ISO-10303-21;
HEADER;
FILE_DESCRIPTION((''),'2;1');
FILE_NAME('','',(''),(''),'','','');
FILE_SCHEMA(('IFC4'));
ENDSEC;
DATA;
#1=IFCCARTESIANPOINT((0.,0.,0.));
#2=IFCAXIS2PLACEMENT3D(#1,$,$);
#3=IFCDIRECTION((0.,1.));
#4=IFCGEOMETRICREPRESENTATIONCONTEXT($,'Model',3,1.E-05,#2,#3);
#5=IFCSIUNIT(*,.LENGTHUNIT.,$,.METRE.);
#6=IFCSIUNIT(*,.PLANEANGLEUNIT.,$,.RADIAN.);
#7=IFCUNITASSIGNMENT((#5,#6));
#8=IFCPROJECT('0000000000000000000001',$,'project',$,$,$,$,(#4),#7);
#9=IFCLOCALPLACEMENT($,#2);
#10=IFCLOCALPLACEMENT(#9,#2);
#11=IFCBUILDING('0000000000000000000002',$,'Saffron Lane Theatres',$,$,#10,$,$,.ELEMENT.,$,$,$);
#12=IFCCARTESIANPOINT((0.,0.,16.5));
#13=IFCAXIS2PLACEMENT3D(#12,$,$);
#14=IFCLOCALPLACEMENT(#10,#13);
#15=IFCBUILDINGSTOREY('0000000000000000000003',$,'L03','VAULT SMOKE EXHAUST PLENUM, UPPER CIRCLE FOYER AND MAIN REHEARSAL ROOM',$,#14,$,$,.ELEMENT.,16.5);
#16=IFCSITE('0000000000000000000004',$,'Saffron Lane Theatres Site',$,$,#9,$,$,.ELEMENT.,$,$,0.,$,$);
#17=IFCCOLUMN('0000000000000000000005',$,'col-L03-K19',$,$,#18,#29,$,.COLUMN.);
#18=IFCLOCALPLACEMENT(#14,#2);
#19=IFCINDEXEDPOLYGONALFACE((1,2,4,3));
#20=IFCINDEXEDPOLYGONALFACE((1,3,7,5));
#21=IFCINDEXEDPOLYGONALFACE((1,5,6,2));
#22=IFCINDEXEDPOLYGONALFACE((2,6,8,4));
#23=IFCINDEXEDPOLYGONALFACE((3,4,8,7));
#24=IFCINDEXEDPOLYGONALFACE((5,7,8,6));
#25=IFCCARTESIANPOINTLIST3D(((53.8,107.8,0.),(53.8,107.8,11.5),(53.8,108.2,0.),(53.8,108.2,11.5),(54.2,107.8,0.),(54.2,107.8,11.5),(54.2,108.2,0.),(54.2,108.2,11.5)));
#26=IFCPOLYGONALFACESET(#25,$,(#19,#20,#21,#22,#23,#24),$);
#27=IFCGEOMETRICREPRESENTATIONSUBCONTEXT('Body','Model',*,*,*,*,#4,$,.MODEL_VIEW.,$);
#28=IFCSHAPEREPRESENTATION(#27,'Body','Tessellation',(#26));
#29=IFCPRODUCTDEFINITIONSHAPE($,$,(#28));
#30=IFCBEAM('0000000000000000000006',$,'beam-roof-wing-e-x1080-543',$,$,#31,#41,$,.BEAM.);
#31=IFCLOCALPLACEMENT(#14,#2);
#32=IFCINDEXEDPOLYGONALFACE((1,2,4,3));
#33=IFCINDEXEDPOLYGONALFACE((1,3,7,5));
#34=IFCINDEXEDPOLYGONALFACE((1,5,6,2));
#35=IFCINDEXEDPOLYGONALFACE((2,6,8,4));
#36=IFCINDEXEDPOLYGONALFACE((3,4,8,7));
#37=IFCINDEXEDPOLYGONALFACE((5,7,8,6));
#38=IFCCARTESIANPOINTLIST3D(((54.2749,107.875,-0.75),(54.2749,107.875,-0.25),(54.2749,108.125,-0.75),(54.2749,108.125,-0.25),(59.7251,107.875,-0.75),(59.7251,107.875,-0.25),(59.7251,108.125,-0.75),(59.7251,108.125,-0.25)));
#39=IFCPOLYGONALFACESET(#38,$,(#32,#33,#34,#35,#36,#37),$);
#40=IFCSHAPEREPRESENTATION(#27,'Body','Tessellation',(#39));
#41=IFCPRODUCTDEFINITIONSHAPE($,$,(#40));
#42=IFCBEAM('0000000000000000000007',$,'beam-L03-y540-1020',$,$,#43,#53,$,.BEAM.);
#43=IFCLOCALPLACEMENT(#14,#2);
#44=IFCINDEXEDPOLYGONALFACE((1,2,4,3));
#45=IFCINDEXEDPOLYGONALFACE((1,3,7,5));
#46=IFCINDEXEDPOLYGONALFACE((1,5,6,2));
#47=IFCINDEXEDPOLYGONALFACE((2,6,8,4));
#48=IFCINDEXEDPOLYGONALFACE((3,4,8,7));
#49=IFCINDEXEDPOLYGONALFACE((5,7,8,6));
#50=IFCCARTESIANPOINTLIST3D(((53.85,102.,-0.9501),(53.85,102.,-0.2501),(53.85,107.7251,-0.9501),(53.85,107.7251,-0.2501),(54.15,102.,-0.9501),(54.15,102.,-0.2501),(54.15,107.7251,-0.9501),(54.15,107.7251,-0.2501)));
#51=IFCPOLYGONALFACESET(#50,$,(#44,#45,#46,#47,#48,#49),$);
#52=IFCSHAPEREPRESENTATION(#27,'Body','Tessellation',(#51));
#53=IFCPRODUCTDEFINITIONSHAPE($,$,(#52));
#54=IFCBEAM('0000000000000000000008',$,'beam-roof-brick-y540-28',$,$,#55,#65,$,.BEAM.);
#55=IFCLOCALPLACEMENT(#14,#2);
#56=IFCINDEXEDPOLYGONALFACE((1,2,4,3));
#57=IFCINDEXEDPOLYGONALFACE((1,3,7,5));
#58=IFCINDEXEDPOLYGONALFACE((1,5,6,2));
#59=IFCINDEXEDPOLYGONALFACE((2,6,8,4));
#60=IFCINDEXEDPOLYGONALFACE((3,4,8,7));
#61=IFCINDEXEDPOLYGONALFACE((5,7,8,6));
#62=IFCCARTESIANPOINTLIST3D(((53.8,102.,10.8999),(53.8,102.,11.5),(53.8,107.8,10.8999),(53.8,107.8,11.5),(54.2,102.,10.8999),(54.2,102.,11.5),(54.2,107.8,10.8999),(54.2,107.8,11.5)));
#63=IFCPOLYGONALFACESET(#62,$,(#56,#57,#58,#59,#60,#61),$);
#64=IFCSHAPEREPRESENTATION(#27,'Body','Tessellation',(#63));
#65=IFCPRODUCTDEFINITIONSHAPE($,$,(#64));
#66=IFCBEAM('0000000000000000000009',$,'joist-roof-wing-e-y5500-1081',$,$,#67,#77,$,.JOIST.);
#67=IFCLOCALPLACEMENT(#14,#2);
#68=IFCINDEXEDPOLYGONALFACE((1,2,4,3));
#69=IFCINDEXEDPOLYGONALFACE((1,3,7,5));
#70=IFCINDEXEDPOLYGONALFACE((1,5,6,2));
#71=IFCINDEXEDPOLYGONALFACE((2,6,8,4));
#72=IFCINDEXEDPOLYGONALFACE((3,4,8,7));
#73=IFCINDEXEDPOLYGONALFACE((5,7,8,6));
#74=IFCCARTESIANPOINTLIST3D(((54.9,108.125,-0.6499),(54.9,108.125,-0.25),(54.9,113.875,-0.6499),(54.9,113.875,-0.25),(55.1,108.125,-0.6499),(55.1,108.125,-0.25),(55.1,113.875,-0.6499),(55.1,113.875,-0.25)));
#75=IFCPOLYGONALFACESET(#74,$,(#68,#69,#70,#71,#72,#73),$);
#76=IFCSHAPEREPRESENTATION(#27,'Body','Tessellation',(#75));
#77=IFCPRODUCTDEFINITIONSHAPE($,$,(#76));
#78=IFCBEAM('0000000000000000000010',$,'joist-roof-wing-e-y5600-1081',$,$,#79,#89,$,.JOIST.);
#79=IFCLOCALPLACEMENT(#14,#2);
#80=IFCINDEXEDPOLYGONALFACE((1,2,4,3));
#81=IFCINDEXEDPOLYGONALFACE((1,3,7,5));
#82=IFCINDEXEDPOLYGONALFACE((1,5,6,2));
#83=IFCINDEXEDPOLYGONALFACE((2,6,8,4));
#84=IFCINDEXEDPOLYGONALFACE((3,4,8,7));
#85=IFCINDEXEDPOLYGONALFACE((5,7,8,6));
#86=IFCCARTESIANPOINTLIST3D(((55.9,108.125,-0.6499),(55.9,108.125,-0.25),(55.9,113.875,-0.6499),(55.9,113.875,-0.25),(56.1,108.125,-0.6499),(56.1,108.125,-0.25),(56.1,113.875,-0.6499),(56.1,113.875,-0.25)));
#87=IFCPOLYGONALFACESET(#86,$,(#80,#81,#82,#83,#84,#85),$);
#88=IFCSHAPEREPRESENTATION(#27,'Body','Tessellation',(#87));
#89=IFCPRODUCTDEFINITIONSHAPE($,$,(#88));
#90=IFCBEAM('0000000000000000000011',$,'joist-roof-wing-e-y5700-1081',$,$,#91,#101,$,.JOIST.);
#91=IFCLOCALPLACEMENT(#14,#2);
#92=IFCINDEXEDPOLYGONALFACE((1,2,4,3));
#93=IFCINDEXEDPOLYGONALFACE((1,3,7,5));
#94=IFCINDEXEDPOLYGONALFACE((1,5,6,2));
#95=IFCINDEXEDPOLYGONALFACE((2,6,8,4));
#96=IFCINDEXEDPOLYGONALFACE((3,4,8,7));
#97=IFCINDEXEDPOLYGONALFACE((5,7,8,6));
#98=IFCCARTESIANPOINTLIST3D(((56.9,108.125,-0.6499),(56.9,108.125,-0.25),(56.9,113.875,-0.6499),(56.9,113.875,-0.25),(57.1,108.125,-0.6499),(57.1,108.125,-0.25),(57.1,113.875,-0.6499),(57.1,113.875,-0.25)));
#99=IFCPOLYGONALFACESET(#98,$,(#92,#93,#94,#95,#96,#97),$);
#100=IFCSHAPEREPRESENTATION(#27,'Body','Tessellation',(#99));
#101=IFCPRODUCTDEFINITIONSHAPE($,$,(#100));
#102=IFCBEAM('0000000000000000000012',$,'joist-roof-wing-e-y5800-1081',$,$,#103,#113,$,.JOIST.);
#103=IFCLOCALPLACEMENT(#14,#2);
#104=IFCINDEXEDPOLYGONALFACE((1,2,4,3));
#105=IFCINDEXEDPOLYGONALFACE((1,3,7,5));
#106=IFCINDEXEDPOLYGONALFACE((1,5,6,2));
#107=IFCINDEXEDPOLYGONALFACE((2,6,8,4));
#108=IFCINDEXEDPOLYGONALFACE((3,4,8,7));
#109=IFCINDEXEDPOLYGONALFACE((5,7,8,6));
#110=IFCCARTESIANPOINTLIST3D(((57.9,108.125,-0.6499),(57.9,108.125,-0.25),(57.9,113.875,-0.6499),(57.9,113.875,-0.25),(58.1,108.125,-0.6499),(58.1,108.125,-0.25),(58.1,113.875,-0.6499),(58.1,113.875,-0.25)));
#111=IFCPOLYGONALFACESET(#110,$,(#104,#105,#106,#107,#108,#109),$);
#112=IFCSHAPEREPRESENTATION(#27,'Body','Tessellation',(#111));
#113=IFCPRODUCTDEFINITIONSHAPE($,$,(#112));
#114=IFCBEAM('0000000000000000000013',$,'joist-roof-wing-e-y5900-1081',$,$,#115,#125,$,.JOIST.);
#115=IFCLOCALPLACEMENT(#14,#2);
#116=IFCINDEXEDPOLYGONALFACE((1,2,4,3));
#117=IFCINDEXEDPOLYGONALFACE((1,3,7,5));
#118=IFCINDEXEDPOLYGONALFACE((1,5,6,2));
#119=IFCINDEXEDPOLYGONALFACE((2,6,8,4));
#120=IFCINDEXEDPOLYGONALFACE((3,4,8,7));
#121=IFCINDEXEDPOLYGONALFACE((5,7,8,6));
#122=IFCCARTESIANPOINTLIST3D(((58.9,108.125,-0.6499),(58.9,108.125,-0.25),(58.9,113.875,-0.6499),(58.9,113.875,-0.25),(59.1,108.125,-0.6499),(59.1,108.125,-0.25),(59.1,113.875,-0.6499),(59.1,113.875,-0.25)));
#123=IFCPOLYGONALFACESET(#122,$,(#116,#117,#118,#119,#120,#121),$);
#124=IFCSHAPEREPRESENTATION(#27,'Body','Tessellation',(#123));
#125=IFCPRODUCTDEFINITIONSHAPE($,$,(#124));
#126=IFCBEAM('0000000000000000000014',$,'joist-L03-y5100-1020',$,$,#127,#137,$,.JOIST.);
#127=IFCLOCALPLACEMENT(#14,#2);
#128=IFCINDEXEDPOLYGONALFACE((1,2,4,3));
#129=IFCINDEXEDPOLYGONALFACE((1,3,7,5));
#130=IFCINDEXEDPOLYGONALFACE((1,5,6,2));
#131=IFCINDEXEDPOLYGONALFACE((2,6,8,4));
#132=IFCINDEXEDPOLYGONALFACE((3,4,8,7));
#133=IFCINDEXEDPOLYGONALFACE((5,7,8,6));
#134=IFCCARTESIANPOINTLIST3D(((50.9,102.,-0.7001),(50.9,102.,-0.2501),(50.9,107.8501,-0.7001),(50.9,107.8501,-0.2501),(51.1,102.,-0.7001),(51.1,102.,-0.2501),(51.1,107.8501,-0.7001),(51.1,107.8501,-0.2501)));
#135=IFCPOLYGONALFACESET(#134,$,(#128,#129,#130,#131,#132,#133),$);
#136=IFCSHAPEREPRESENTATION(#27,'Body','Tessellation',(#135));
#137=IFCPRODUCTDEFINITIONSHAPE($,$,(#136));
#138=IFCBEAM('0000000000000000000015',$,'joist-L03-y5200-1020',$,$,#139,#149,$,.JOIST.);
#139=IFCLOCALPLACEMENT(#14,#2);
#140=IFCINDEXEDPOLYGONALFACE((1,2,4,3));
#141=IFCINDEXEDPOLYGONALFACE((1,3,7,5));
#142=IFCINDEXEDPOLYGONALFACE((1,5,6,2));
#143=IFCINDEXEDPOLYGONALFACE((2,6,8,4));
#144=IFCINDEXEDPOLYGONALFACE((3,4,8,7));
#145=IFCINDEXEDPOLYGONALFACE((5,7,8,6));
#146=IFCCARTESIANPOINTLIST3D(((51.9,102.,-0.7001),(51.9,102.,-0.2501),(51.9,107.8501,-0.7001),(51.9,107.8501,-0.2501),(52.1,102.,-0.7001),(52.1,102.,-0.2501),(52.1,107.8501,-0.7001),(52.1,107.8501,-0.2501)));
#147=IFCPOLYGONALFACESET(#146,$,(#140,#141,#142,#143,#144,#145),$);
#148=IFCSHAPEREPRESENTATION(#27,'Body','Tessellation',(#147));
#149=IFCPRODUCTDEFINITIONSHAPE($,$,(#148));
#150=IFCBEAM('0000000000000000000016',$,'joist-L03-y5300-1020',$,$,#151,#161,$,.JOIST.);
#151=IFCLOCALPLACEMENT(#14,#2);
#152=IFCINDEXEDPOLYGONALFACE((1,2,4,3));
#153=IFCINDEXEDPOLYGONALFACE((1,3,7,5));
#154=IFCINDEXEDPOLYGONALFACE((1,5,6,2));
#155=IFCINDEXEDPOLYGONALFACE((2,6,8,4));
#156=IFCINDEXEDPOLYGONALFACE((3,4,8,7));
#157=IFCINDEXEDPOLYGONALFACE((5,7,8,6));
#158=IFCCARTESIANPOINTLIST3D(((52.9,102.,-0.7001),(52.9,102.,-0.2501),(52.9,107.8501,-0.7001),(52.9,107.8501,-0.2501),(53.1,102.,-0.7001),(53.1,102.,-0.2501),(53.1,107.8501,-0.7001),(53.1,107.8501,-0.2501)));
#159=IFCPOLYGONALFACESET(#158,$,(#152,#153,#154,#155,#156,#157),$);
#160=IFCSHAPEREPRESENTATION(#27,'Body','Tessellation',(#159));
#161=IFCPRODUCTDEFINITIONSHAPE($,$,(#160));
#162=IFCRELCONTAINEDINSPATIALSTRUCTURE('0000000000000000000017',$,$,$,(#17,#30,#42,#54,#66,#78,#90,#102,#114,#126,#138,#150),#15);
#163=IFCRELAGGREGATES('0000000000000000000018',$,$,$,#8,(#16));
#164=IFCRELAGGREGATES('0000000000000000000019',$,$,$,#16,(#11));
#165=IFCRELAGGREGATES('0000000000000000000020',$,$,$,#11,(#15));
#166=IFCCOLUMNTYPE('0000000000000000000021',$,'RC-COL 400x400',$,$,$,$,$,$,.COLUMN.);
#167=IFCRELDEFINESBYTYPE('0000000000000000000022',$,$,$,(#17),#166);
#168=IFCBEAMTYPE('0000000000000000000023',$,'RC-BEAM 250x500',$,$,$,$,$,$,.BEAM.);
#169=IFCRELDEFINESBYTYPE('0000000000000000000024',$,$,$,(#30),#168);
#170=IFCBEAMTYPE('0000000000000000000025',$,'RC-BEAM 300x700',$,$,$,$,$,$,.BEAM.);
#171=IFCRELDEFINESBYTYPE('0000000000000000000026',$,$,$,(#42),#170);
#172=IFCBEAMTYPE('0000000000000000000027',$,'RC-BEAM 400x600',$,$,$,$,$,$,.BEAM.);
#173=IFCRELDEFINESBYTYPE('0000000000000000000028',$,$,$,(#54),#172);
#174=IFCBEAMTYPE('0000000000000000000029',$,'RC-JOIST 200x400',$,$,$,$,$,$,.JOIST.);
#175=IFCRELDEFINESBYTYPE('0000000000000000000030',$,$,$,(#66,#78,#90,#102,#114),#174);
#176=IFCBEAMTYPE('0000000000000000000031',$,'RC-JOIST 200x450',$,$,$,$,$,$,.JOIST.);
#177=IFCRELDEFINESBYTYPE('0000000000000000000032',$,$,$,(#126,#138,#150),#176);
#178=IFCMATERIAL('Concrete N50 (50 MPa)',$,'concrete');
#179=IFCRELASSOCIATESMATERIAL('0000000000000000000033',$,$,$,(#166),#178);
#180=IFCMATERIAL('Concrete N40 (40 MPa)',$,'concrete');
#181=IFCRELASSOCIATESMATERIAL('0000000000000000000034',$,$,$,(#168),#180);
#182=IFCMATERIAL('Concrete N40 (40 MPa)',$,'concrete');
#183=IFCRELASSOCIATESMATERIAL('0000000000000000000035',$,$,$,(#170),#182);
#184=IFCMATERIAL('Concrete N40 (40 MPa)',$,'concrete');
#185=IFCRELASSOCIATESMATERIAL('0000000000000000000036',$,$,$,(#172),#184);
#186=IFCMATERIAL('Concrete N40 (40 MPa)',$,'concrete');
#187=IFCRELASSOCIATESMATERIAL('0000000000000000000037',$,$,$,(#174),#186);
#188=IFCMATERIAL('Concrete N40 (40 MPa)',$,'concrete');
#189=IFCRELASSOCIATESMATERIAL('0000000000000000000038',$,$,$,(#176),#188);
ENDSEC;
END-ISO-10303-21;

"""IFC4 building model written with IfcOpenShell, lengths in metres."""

from ifc_helpers import new_model, si_unit, direction, frame, origin, origin_2d, place, context, subcontext, project, spatial, rectangle, extrude, material, material_profile, profile_set, type_object, element, save


model = new_model("IFC4")

# Units and contexts
model_context = context("Model", 3, precision=1e-05, world=origin(), true_north=direction((0.0, 1.0)))
body_context = subcontext(model_context, "Body", "Model", "MODEL_VIEW")
ifc_project = project(units=[si_unit("LENGTHUNIT", "METRE"), si_unit("PLANEANGLEUNIT", "RADIAN")], contexts=[model_context])

# Site, building, storey
site_placement = place(None, origin())
site = spatial("IfcSite", under=ifc_project, at=site_placement, Name="Saffron Lane Theatres Site", CompositionType="ELEMENT", RefElevation=0.0)
building_placement = place(site_placement, origin())
building = spatial("IfcBuilding", under=site, at=building_placement, Name="Saffron Lane Theatres", CompositionType="ELEMENT")
storey_placement = place(building_placement, frame((0.0, 0.0, 16.5)))
storey = spatial("IfcBuildingStorey", under=building, at=storey_placement, Name="L03", Description="VAULT SMOKE EXHAUST PLENUM, UPPER CIRCLE FOYER AND MAIN REHEARSAL ROOM", CompositionType="ELEMENT", Elevation=16.5)

# Column
ifc_material_1 = material(Name="Concrete N50 (50 MPa)", Category="concrete")
ifc_material_profile_1 = material_profile(ifc_material_1, rectangle(XDim=0.3999, YDim=0.3999, at=origin_2d()))
ifc_profile_set_1 = profile_set([ifc_material_profile_1], Name="Concrete N50 (50 MPa)")
column_type = type_object("IfcColumnType", Name="RC-COL 400x400", PredefinedType="COLUMN", material=ifc_profile_set_1)
column_placement = place(storey_placement, frame((54.0, 108.0, 0.0), z_axis=(0.0, 0.0, 1.0), x_axis=(1.0, 0.0, 0.0)))
element("IfcColumn", 1, at=column_placement, inside=storey, type_object=column_type, Name="col-L03-K19", PredefinedType="COLUMN", context=body_context, shape_type="SweptSolid", body=[
    extrude(rectangle(XDim=0.3999, YDim=0.3999, at=origin_2d()), origin(), (0.0, 0.0, 1.0), 11.5),
])

# Beams
ifc_material_2 = material(Name="Concrete N40 (40 MPa)", Category="concrete")
ifc_material_profile_2 = material_profile(ifc_material_2, rectangle(XDim=0.25, YDim=0.5, at=origin_2d()))
ifc_profile_set_2 = profile_set([ifc_material_profile_2], Name="Concrete N40 (40 MPa)")
beam_type_1 = type_object("IfcBeamType", Name="RC-BEAM 250x500", PredefinedType="BEAM", material=ifc_profile_set_2)
beam_1_placement = place(storey_placement, frame((54.2749, 108.0, -0.5), z_axis=(1.0, 0.0, 0.0), x_axis=(0.0, 1.0, 0.0)))
element("IfcBeam", 2, at=beam_1_placement, inside=storey, type_object=beam_type_1, Name="beam-roof-wing-e-x1080-543", PredefinedType="BEAM", context=body_context, shape_type="SweptSolid", body=[
    extrude(rectangle(XDim=0.25, YDim=0.5, at=origin_2d()), origin(), (0.0, 0.0, 1.0), 5.4502),
])
ifc_material_3 = material(Name="Concrete N40 (40 MPa)", Category="concrete")
ifc_material_profile_3 = material_profile(ifc_material_3, rectangle(XDim=0.3, YDim=0.7, at=origin_2d()))
ifc_profile_set_3 = profile_set([ifc_material_profile_3], Name="Concrete N40 (40 MPa)")
beam_type_2 = type_object("IfcBeamType", Name="RC-BEAM 300x700", PredefinedType="BEAM", material=ifc_profile_set_3)
beam_2_placement = place(storey_placement, frame((54.0, 102.0, -0.6001), z_axis=(0.0, 1.0, 0.0), x_axis=(-1.0, 0.0, 0.0)))
element("IfcBeam", 3, at=beam_2_placement, inside=storey, type_object=beam_type_2, Name="beam-L03-y540-1020", PredefinedType="BEAM", context=body_context, shape_type="SweptSolid", body=[
    extrude(rectangle(XDim=0.3, YDim=0.7, at=origin_2d()), origin(), (0.0, 0.0, 1.0), 5.7251),
])
ifc_material_4 = material(Name="Concrete N40 (40 MPa)", Category="concrete")
ifc_material_profile_4 = material_profile(ifc_material_4, rectangle(XDim=0.3999, YDim=0.6001, at=origin_2d()))
ifc_profile_set_4 = profile_set([ifc_material_profile_4], Name="Concrete N40 (40 MPa)")
beam_type_3 = type_object("IfcBeamType", Name="RC-BEAM 400x600", PredefinedType="BEAM", material=ifc_profile_set_4)
beam_3_placement = place(storey_placement, frame((54.0, 102.0, 11.2), z_axis=(0.0, 1.0, 0.0), x_axis=(-1.0, 0.0, 0.0)))
element("IfcBeam", 4, at=beam_3_placement, inside=storey, type_object=beam_type_3, Name="beam-roof-brick-y540-28", PredefinedType="BEAM", context=body_context, shape_type="SweptSolid", body=[
    extrude(rectangle(XDim=0.3999, YDim=0.6001, at=origin_2d()), origin(), (0.0, 0.0, 1.0), 5.8),
])
ifc_material_5 = material(Name="Concrete N40 (40 MPa)", Category="concrete")
ifc_material_profile_5 = material_profile(ifc_material_5, rectangle(XDim=0.2, YDim=0.3999, at=origin_2d()))
ifc_profile_set_5 = profile_set([ifc_material_profile_5], Name="Concrete N40 (40 MPa)")
beam_type_4 = type_object("IfcBeamType", Name="RC-JOIST 200x400", PredefinedType="JOIST", material=ifc_profile_set_5)
for number, where, z_axis, x_axis, name in (
    (5, (55.0, 108.125, -0.45), (0.0, 1.0, 0.0), (-1.0, 0.0, 0.0), "joist-roof-wing-e-y5500-1081"),
    (6, (56.0, 108.125, -0.45), (0.0, 1.0, 0.0), (-1.0, 0.0, 0.0), "joist-roof-wing-e-y5600-1081"),
    (7, (57.0, 108.125, -0.45), (0.0, 1.0, 0.0), (-1.0, 0.0, 0.0), "joist-roof-wing-e-y5700-1081"),
    (8, (58.0, 108.125, -0.45), (0.0, 1.0, 0.0), (-1.0, 0.0, 0.0), "joist-roof-wing-e-y5800-1081"),
    (9, (59.0, 108.125, -0.45), (0.0, 1.0, 0.0), (-1.0, 0.0, 0.0), "joist-roof-wing-e-y5900-1081"),
):
    element("IfcBeam", number, at=place(storey_placement, frame(where, z_axis=z_axis, x_axis=x_axis)), inside=storey, type_object=beam_type_4, Name=name, PredefinedType="JOIST", context=body_context, shape_type="SweptSolid", body=[
        extrude(rectangle(XDim=0.2, YDim=0.3999, at=origin_2d()), origin(), (0.0, 0.0, 1.0), 5.75),
    ])
ifc_material_6 = material(Name="Concrete N40 (40 MPa)", Category="concrete")
ifc_material_profile_6 = material_profile(ifc_material_6, rectangle(XDim=0.2, YDim=0.45, at=origin_2d()))
ifc_profile_set_6 = profile_set([ifc_material_profile_6], Name="Concrete N40 (40 MPa)")
beam_type_5 = type_object("IfcBeamType", Name="RC-JOIST 200x450", PredefinedType="JOIST", material=ifc_profile_set_6)
for number, where, z_axis, x_axis, name in (
    (10, (51.0, 102.0, -0.4751), (0.0, 1.0, 0.0), (-1.0, 0.0, 0.0), "joist-L03-y5100-1020"),
    (11, (52.0, 102.0, -0.4751), (0.0, 1.0, 0.0), (-1.0, 0.0, 0.0), "joist-L03-y5200-1020"),
    (12, (53.0, 102.0, -0.4751), (0.0, 1.0, 0.0), (-1.0, 0.0, 0.0), "joist-L03-y5300-1020"),
):
    element("IfcBeam", number, at=place(storey_placement, frame(where, z_axis=z_axis, x_axis=x_axis)), inside=storey, type_object=beam_type_5, Name=name, PredefinedType="JOIST", context=body_context, shape_type="SweptSolid", body=[
        extrude(rectangle(XDim=0.2, YDim=0.45, at=origin_2d()), origin(), (0.0, 0.0, 1.0), 5.8501),
    ])

save(model, "model.ifc")
